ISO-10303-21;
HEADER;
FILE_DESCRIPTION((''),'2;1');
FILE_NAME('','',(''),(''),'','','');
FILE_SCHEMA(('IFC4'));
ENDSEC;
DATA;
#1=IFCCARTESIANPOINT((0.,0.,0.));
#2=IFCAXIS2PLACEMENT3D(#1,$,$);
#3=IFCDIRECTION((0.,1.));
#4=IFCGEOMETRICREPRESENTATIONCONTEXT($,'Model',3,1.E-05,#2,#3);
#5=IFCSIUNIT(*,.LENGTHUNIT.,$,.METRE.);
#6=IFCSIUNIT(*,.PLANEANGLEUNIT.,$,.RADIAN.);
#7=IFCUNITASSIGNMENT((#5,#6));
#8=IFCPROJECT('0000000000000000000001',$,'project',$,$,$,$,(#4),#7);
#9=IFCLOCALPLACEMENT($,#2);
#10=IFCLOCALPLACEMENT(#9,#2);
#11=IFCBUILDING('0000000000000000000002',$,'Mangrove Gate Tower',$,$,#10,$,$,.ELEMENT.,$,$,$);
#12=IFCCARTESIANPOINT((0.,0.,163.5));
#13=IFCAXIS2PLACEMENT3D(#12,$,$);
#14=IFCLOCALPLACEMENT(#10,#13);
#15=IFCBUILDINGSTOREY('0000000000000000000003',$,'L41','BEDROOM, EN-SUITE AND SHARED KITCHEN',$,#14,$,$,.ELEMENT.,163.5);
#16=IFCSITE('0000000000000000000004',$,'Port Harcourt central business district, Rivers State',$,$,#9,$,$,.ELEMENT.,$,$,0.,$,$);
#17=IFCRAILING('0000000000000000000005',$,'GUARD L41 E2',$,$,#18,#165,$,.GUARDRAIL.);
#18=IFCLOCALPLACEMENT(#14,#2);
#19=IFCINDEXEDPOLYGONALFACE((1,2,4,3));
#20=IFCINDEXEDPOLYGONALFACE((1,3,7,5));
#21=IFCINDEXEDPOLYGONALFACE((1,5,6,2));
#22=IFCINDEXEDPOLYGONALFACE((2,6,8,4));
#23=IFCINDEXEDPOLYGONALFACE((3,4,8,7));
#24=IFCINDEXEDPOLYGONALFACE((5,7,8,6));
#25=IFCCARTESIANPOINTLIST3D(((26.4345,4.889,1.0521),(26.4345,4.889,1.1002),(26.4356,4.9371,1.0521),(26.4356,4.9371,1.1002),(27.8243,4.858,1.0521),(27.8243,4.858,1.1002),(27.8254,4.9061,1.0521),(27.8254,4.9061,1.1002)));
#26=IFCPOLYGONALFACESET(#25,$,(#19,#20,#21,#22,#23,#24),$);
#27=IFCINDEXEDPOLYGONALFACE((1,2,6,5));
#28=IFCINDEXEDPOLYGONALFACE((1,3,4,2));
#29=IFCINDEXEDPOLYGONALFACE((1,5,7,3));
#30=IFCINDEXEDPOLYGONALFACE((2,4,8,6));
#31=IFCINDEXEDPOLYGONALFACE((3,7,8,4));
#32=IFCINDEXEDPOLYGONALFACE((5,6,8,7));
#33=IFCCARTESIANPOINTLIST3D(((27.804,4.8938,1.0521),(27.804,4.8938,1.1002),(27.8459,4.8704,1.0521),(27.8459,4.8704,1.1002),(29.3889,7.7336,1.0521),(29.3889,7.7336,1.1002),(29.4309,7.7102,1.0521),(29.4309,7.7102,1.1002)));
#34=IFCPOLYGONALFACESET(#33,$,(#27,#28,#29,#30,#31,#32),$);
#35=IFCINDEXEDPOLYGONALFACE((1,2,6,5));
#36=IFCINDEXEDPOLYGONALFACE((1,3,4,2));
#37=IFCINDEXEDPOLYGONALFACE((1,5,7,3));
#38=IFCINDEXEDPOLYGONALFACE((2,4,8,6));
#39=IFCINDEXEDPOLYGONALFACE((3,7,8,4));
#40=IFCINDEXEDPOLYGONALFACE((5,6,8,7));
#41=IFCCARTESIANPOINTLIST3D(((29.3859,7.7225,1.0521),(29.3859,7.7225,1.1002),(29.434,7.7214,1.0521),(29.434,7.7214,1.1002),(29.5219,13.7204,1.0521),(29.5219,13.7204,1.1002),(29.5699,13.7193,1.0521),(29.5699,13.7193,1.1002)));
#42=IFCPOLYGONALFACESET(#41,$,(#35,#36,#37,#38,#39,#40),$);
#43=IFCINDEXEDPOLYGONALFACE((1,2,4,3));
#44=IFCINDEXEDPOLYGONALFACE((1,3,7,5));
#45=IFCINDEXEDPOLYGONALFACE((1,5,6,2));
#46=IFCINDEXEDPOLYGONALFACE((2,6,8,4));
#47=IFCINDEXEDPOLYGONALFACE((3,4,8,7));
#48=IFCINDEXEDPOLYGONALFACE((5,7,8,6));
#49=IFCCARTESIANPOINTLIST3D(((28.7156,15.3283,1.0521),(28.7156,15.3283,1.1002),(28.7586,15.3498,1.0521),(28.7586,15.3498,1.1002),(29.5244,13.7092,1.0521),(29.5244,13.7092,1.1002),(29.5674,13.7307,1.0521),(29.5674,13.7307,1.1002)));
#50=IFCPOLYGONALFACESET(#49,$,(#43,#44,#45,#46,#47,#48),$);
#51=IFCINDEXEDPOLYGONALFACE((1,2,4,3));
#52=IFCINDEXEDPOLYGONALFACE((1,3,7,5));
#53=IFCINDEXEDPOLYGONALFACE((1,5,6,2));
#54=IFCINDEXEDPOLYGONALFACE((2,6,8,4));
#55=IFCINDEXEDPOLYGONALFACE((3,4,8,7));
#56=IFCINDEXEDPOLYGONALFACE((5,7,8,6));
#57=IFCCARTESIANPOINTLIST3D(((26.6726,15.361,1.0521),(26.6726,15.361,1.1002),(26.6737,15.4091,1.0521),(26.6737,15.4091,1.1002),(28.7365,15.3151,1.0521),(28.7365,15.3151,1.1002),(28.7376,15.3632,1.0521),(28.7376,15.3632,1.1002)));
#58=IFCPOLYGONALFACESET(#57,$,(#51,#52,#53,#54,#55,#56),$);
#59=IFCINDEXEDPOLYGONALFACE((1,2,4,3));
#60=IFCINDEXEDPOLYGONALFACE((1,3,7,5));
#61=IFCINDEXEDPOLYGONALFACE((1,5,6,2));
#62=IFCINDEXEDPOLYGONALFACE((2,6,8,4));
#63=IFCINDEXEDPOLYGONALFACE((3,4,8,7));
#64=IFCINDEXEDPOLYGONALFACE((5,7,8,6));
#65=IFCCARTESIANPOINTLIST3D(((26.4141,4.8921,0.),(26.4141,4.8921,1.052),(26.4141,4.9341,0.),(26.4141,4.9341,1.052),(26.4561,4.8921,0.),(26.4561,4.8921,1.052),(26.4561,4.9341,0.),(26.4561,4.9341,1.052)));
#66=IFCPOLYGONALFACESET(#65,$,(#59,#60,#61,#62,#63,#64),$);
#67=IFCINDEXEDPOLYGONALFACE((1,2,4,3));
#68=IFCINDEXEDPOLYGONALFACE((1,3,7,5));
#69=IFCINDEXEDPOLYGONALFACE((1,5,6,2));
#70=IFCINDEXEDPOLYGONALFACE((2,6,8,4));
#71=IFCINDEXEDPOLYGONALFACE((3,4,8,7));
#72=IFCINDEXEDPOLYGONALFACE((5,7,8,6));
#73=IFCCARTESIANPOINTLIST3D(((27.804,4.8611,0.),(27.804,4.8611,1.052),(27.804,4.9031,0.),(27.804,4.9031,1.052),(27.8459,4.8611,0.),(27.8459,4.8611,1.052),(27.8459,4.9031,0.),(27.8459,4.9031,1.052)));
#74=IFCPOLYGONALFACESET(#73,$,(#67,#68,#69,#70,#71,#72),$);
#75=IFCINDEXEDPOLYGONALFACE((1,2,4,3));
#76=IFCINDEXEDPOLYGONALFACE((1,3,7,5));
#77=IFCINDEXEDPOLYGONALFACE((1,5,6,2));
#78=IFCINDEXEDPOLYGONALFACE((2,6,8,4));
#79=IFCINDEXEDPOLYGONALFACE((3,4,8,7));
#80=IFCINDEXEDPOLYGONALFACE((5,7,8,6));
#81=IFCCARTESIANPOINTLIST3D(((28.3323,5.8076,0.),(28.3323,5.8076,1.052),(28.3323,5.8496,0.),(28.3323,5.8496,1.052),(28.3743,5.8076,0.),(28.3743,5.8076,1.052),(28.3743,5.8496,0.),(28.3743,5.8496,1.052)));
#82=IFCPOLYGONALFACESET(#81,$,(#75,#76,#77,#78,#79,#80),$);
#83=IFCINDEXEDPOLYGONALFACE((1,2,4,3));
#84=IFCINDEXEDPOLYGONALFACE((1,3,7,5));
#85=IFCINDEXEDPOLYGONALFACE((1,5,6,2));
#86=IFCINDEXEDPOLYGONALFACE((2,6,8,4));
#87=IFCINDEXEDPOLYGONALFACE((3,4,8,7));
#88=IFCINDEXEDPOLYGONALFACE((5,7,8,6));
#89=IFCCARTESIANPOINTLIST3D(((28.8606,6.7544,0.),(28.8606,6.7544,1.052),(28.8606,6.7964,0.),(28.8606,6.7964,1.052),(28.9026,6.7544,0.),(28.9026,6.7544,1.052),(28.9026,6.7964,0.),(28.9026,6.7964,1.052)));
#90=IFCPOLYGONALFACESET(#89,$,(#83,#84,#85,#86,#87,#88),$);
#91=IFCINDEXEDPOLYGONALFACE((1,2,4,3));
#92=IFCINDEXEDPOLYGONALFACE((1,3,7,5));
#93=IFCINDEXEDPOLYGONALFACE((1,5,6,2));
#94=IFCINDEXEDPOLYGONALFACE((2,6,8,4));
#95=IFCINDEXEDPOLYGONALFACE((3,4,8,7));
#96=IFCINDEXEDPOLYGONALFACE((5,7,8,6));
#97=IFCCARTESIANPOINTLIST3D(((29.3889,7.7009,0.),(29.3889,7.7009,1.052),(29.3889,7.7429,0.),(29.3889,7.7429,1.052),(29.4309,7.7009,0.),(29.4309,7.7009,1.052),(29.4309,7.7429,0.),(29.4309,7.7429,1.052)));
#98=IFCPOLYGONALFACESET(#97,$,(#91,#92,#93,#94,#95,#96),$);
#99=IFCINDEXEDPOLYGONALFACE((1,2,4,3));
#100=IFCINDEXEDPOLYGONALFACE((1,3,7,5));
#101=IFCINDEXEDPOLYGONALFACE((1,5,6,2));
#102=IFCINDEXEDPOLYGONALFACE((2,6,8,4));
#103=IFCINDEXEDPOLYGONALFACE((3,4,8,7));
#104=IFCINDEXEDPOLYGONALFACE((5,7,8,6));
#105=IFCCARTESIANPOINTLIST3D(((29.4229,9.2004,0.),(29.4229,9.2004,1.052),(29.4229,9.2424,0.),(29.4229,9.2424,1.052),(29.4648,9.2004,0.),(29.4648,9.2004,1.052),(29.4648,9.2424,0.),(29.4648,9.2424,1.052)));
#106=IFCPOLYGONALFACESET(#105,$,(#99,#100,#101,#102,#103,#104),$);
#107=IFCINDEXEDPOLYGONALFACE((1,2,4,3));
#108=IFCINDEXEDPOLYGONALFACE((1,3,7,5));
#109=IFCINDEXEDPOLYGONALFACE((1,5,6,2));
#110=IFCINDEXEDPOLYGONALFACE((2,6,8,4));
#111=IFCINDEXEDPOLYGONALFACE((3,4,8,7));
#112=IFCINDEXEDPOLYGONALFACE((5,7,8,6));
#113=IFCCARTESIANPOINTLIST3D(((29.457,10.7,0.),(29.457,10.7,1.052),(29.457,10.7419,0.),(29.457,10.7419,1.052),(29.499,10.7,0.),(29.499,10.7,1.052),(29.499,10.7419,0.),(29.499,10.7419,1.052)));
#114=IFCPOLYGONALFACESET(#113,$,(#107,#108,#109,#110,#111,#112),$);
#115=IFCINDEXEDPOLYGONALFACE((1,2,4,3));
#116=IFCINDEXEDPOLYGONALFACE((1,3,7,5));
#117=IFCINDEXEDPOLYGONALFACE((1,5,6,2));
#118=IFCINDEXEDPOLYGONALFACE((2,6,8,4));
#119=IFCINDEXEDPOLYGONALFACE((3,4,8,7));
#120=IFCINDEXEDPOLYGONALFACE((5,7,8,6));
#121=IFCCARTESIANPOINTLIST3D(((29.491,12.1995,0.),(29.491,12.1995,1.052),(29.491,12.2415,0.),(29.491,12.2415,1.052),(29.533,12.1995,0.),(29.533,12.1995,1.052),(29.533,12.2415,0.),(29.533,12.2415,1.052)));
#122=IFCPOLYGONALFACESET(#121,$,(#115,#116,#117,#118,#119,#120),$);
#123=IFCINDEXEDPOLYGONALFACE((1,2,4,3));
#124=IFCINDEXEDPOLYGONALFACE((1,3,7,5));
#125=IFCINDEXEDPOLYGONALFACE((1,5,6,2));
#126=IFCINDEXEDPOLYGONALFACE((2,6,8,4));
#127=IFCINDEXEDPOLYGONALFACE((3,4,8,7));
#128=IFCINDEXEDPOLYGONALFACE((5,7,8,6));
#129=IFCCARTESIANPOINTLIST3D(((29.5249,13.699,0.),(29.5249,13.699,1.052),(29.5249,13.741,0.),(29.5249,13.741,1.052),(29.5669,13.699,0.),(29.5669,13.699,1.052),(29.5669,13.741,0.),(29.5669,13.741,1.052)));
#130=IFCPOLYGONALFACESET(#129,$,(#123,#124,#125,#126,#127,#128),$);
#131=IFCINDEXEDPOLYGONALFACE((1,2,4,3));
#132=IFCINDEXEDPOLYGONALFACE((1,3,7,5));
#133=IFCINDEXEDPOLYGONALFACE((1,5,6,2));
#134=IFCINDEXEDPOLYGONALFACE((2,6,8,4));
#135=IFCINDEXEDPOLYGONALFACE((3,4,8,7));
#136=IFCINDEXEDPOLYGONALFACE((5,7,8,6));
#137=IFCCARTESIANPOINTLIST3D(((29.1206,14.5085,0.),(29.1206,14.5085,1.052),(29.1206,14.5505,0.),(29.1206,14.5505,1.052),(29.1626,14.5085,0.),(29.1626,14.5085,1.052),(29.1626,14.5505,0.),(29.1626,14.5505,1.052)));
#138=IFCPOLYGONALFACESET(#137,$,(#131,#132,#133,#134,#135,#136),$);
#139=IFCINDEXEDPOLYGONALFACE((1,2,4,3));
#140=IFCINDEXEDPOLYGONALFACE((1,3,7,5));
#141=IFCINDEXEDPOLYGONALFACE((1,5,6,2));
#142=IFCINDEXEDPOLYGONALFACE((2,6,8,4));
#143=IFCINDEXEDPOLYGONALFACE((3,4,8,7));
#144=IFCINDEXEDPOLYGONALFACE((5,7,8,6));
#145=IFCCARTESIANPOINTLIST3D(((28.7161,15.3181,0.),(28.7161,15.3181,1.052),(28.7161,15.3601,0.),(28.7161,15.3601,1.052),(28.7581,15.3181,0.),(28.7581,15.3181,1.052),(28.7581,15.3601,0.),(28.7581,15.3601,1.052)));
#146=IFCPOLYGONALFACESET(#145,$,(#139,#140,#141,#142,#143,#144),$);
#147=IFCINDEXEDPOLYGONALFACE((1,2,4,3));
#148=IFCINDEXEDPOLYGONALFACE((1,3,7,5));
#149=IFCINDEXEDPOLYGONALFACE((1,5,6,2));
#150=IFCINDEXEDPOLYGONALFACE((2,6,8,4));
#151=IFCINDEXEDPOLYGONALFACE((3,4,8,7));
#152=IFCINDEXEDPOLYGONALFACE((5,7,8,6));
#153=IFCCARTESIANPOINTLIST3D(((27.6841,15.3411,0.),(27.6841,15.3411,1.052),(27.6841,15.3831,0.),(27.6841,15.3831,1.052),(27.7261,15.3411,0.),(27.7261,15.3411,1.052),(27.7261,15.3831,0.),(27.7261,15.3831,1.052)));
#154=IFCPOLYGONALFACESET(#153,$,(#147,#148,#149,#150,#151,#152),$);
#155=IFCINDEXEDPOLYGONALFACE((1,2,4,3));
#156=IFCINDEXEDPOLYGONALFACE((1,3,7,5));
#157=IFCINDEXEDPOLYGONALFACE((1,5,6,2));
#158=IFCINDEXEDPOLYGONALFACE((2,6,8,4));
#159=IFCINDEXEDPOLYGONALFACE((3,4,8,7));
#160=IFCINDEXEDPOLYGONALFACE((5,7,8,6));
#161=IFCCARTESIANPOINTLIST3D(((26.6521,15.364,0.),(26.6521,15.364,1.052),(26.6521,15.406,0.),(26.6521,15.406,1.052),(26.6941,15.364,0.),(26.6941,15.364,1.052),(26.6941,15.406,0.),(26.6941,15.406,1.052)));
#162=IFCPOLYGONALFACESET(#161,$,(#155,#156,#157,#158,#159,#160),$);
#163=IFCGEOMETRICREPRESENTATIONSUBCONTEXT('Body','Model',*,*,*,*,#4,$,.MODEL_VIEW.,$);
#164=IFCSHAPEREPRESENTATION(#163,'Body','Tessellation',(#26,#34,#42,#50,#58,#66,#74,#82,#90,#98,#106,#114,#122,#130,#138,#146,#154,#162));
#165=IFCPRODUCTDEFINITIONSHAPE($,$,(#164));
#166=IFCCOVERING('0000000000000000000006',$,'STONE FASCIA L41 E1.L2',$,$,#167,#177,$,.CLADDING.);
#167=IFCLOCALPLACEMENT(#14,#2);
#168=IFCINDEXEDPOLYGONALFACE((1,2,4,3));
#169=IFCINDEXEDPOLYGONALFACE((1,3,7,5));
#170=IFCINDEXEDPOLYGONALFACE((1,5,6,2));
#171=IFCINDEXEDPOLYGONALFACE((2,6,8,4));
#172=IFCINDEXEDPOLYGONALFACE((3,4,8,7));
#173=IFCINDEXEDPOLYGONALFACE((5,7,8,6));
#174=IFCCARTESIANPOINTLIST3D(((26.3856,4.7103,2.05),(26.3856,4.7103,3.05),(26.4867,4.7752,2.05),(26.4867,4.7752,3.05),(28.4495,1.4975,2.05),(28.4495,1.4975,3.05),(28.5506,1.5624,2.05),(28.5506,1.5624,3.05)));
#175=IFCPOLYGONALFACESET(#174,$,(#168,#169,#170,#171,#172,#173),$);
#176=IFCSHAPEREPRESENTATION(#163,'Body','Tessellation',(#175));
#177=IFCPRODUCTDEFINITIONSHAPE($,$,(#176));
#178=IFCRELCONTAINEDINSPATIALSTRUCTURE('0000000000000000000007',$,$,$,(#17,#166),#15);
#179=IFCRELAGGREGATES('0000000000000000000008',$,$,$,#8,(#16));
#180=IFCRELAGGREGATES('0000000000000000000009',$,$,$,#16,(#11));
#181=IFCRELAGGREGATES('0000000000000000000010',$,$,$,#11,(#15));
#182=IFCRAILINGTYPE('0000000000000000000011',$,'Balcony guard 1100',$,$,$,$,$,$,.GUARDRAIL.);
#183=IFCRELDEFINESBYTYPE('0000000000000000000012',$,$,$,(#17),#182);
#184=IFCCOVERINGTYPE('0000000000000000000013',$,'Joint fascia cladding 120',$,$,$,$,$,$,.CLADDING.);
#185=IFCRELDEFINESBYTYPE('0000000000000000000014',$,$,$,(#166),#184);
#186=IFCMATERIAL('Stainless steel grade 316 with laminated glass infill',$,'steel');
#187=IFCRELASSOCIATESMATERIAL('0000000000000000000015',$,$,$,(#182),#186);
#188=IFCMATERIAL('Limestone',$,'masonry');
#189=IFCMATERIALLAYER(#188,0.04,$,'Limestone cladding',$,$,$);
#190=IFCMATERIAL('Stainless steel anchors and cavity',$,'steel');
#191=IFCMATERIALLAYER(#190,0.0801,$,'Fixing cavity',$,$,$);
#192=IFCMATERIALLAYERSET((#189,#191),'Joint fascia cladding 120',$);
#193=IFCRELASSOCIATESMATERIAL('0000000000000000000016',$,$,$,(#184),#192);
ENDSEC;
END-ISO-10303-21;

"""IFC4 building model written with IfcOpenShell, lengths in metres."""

from ifc_helpers import new_model, si_unit, direction, frame, frame_2d, origin, origin_2d, place, context, subcontext, project, spatial, rectangle, extrude, material, layer, layer_set, type_object, element, save


model = new_model("IFC4")

# Units and contexts
model_context = context("Model", 3, precision=1e-05, world=origin(), true_north=direction((0.0, 1.0)))
body_context = subcontext(model_context, "Body", "Model", "MODEL_VIEW")
ifc_project = project(units=[si_unit("LENGTHUNIT", "METRE"), si_unit("PLANEANGLEUNIT", "RADIAN")], contexts=[model_context])

# Site, building, storey
site_placement = place(None, origin())
site = spatial("IfcSite", under=ifc_project, at=site_placement, Name="Port Harcourt central business district, Rivers State", CompositionType="ELEMENT", RefElevation=0.0)
building_placement = place(site_placement, origin())
building = spatial("IfcBuilding", under=site, at=building_placement, Name="Mangrove Gate Tower", CompositionType="ELEMENT")
storey_placement = place(building_placement, frame((0.0, 0.0, 163.5)))
storey = spatial("IfcBuildingStorey", under=building, at=storey_placement, Name="L41", Description="BEDROOM, EN-SUITE AND SHARED KITCHEN", CompositionType="ELEMENT", Elevation=163.5)

# Shared definitions
ifc_material_1 = material(Name="Limestone", Category="masonry")

# Railing
ifc_material_2 = material(Name="Stainless steel grade 316 with laminated glass infill", Category="steel")
railing_type = type_object("IfcRailingType", Name="Balcony guard 1100", PredefinedType="GUARDRAIL", material=ifc_material_2)
railing_placement = place(storey_placement, frame((26.4351, 4.9131, 0.0)))
element("IfcRailing", 1, at=railing_placement, inside=storey, type_object=railing_type, Name="GUARD L41 E2", PredefinedType="GUARDRAIL", context=body_context, shape_type="SweptSolid", body=[
    extrude(rectangle(XDim=0.0481, YDim=0.0481, at=origin_2d()), frame((0.0, 0.0, 1.0762), z_axis=(0.999751, -0.022303, 0.0), x_axis=(0.022303, 0.999751, 0.0)), (0.0, 0.0, 1.0), 1.3901),
    extrude(rectangle(XDim=0.0481, YDim=0.0481, at=origin_2d()), frame((1.3899, -0.031, 1.0762), z_axis=(0.48735, 0.873207, 0.0), x_axis=(-0.873207, 0.48735, 0.0)), (0.0, 0.0, 1.0), 3.2522),
    extrude(rectangle(XDim=0.0481, YDim=0.0481, at=origin_2d()), frame((2.9749, 2.8088, 1.0762), z_axis=(0.022666, 0.999743, 0.0), x_axis=(-0.999743, 0.022666, 0.0)), (0.0, 0.0, 1.0), 5.9995),
    extrude(rectangle(XDim=0.0481, YDim=0.0481, at=origin_2d()), frame((3.1108, 8.8069, 1.0762), z_axis=(-0.44689, 0.894589, 0.0), x_axis=(-0.894589, -0.44689, 0.0)), (0.0, 0.0, 1.0), 1.8098),
    extrude(rectangle(XDim=0.0481, YDim=0.0481, at=origin_2d()), frame((2.302, 10.426, 1.0762), z_axis=(-0.999753, 0.022232, 0.0), x_axis=(-0.022232, -0.999753, 0.0)), (0.0, 0.0, 1.0), 2.0645),
    extrude(rectangle(XDim=0.042, YDim=0.042, at=origin_2d()), origin(), (0.0, 0.0, 1.0), 1.052),
    extrude(rectangle(XDim=0.042, YDim=0.042, at=origin_2d()), frame((1.3899, -0.031, 0.0)), (0.0, 0.0, 1.0), 1.052),
    extrude(rectangle(XDim=0.042, YDim=0.042, at=origin_2d()), frame((1.9182, 0.9155, 0.0)), (0.0, 0.0, 1.0), 1.052),
    extrude(rectangle(XDim=0.042, YDim=0.042, at=origin_2d()), frame((2.4465, 1.8623, 0.0)), (0.0, 0.0, 1.0), 1.052),
    extrude(rectangle(XDim=0.042, YDim=0.042, at=origin_2d()), frame((2.9749, 2.8088, 0.0)), (0.0, 0.0, 1.0), 1.052),
    extrude(rectangle(XDim=0.042, YDim=0.042, at=origin_2d()), frame((3.0088, 4.3083, 0.0)), (0.0, 0.0, 1.0), 1.052),
    extrude(rectangle(XDim=0.042, YDim=0.042, at=origin_2d()), frame((3.043, 5.8079, 0.0)), (0.0, 0.0, 1.0), 1.052),
    extrude(rectangle(XDim=0.042, YDim=0.042, at=origin_2d()), frame((3.0769, 7.3074, 0.0)), (0.0, 0.0, 1.0), 1.052),
    extrude(rectangle(XDim=0.042, YDim=0.042, at=origin_2d()), frame((3.1108, 8.8069, 0.0)), (0.0, 0.0, 1.0), 1.052),
    extrude(rectangle(XDim=0.042, YDim=0.042, at=origin_2d()), frame((2.7065, 9.6165, 0.0)), (0.0, 0.0, 1.0), 1.052),
    extrude(rectangle(XDim=0.042, YDim=0.042, at=origin_2d()), frame((2.302, 10.426, 0.0)), (0.0, 0.0, 1.0), 1.052),
    extrude(rectangle(XDim=0.042, YDim=0.042, at=origin_2d()), frame((1.27, 10.449, 0.0)), (0.0, 0.0, 1.0), 1.052),
    extrude(rectangle(XDim=0.042, YDim=0.042, at=origin_2d()), frame((0.238, 10.4719, 0.0)), (0.0, 0.0, 1.0), 1.052),
])

# Covering
ifc_layer_1 = layer(ifc_material_1, 0.04, Name="Limestone cladding")
ifc_material_3 = material(Name="Stainless steel anchors and cavity", Category="steel")
ifc_layer_2 = layer(ifc_material_3, 0.0801, Name="Fixing cavity")
ifc_layer_set_1 = layer_set([ifc_layer_1, ifc_layer_2], Name="Joint fascia cladding 120")
covering_type = type_object("IfcCoveringType", Name="Joint fascia cladding 120", PredefinedType="CLADDING", material=ifc_layer_set_1)
covering_placement = place(storey_placement, frame((28.5, 1.53, 2.05), z_axis=(0.0, 0.0, 1.0), x_axis=(-0.540486, 0.841353, 0.0)))
element("IfcCovering", 2, at=covering_placement, inside=storey, type_object=covering_type, Name="STONE FASCIA L41 E1.L2", PredefinedType="CLADDING", context=body_context, shape_type="SweptSolid", body=[
    extrude(rectangle(XDim=3.8186, YDim=0.1201, at=frame_2d((1.9092, 0.0))), origin(), (0.0, 0.0, 1.0), 1.0),
])

save(model, "model.ifc")
